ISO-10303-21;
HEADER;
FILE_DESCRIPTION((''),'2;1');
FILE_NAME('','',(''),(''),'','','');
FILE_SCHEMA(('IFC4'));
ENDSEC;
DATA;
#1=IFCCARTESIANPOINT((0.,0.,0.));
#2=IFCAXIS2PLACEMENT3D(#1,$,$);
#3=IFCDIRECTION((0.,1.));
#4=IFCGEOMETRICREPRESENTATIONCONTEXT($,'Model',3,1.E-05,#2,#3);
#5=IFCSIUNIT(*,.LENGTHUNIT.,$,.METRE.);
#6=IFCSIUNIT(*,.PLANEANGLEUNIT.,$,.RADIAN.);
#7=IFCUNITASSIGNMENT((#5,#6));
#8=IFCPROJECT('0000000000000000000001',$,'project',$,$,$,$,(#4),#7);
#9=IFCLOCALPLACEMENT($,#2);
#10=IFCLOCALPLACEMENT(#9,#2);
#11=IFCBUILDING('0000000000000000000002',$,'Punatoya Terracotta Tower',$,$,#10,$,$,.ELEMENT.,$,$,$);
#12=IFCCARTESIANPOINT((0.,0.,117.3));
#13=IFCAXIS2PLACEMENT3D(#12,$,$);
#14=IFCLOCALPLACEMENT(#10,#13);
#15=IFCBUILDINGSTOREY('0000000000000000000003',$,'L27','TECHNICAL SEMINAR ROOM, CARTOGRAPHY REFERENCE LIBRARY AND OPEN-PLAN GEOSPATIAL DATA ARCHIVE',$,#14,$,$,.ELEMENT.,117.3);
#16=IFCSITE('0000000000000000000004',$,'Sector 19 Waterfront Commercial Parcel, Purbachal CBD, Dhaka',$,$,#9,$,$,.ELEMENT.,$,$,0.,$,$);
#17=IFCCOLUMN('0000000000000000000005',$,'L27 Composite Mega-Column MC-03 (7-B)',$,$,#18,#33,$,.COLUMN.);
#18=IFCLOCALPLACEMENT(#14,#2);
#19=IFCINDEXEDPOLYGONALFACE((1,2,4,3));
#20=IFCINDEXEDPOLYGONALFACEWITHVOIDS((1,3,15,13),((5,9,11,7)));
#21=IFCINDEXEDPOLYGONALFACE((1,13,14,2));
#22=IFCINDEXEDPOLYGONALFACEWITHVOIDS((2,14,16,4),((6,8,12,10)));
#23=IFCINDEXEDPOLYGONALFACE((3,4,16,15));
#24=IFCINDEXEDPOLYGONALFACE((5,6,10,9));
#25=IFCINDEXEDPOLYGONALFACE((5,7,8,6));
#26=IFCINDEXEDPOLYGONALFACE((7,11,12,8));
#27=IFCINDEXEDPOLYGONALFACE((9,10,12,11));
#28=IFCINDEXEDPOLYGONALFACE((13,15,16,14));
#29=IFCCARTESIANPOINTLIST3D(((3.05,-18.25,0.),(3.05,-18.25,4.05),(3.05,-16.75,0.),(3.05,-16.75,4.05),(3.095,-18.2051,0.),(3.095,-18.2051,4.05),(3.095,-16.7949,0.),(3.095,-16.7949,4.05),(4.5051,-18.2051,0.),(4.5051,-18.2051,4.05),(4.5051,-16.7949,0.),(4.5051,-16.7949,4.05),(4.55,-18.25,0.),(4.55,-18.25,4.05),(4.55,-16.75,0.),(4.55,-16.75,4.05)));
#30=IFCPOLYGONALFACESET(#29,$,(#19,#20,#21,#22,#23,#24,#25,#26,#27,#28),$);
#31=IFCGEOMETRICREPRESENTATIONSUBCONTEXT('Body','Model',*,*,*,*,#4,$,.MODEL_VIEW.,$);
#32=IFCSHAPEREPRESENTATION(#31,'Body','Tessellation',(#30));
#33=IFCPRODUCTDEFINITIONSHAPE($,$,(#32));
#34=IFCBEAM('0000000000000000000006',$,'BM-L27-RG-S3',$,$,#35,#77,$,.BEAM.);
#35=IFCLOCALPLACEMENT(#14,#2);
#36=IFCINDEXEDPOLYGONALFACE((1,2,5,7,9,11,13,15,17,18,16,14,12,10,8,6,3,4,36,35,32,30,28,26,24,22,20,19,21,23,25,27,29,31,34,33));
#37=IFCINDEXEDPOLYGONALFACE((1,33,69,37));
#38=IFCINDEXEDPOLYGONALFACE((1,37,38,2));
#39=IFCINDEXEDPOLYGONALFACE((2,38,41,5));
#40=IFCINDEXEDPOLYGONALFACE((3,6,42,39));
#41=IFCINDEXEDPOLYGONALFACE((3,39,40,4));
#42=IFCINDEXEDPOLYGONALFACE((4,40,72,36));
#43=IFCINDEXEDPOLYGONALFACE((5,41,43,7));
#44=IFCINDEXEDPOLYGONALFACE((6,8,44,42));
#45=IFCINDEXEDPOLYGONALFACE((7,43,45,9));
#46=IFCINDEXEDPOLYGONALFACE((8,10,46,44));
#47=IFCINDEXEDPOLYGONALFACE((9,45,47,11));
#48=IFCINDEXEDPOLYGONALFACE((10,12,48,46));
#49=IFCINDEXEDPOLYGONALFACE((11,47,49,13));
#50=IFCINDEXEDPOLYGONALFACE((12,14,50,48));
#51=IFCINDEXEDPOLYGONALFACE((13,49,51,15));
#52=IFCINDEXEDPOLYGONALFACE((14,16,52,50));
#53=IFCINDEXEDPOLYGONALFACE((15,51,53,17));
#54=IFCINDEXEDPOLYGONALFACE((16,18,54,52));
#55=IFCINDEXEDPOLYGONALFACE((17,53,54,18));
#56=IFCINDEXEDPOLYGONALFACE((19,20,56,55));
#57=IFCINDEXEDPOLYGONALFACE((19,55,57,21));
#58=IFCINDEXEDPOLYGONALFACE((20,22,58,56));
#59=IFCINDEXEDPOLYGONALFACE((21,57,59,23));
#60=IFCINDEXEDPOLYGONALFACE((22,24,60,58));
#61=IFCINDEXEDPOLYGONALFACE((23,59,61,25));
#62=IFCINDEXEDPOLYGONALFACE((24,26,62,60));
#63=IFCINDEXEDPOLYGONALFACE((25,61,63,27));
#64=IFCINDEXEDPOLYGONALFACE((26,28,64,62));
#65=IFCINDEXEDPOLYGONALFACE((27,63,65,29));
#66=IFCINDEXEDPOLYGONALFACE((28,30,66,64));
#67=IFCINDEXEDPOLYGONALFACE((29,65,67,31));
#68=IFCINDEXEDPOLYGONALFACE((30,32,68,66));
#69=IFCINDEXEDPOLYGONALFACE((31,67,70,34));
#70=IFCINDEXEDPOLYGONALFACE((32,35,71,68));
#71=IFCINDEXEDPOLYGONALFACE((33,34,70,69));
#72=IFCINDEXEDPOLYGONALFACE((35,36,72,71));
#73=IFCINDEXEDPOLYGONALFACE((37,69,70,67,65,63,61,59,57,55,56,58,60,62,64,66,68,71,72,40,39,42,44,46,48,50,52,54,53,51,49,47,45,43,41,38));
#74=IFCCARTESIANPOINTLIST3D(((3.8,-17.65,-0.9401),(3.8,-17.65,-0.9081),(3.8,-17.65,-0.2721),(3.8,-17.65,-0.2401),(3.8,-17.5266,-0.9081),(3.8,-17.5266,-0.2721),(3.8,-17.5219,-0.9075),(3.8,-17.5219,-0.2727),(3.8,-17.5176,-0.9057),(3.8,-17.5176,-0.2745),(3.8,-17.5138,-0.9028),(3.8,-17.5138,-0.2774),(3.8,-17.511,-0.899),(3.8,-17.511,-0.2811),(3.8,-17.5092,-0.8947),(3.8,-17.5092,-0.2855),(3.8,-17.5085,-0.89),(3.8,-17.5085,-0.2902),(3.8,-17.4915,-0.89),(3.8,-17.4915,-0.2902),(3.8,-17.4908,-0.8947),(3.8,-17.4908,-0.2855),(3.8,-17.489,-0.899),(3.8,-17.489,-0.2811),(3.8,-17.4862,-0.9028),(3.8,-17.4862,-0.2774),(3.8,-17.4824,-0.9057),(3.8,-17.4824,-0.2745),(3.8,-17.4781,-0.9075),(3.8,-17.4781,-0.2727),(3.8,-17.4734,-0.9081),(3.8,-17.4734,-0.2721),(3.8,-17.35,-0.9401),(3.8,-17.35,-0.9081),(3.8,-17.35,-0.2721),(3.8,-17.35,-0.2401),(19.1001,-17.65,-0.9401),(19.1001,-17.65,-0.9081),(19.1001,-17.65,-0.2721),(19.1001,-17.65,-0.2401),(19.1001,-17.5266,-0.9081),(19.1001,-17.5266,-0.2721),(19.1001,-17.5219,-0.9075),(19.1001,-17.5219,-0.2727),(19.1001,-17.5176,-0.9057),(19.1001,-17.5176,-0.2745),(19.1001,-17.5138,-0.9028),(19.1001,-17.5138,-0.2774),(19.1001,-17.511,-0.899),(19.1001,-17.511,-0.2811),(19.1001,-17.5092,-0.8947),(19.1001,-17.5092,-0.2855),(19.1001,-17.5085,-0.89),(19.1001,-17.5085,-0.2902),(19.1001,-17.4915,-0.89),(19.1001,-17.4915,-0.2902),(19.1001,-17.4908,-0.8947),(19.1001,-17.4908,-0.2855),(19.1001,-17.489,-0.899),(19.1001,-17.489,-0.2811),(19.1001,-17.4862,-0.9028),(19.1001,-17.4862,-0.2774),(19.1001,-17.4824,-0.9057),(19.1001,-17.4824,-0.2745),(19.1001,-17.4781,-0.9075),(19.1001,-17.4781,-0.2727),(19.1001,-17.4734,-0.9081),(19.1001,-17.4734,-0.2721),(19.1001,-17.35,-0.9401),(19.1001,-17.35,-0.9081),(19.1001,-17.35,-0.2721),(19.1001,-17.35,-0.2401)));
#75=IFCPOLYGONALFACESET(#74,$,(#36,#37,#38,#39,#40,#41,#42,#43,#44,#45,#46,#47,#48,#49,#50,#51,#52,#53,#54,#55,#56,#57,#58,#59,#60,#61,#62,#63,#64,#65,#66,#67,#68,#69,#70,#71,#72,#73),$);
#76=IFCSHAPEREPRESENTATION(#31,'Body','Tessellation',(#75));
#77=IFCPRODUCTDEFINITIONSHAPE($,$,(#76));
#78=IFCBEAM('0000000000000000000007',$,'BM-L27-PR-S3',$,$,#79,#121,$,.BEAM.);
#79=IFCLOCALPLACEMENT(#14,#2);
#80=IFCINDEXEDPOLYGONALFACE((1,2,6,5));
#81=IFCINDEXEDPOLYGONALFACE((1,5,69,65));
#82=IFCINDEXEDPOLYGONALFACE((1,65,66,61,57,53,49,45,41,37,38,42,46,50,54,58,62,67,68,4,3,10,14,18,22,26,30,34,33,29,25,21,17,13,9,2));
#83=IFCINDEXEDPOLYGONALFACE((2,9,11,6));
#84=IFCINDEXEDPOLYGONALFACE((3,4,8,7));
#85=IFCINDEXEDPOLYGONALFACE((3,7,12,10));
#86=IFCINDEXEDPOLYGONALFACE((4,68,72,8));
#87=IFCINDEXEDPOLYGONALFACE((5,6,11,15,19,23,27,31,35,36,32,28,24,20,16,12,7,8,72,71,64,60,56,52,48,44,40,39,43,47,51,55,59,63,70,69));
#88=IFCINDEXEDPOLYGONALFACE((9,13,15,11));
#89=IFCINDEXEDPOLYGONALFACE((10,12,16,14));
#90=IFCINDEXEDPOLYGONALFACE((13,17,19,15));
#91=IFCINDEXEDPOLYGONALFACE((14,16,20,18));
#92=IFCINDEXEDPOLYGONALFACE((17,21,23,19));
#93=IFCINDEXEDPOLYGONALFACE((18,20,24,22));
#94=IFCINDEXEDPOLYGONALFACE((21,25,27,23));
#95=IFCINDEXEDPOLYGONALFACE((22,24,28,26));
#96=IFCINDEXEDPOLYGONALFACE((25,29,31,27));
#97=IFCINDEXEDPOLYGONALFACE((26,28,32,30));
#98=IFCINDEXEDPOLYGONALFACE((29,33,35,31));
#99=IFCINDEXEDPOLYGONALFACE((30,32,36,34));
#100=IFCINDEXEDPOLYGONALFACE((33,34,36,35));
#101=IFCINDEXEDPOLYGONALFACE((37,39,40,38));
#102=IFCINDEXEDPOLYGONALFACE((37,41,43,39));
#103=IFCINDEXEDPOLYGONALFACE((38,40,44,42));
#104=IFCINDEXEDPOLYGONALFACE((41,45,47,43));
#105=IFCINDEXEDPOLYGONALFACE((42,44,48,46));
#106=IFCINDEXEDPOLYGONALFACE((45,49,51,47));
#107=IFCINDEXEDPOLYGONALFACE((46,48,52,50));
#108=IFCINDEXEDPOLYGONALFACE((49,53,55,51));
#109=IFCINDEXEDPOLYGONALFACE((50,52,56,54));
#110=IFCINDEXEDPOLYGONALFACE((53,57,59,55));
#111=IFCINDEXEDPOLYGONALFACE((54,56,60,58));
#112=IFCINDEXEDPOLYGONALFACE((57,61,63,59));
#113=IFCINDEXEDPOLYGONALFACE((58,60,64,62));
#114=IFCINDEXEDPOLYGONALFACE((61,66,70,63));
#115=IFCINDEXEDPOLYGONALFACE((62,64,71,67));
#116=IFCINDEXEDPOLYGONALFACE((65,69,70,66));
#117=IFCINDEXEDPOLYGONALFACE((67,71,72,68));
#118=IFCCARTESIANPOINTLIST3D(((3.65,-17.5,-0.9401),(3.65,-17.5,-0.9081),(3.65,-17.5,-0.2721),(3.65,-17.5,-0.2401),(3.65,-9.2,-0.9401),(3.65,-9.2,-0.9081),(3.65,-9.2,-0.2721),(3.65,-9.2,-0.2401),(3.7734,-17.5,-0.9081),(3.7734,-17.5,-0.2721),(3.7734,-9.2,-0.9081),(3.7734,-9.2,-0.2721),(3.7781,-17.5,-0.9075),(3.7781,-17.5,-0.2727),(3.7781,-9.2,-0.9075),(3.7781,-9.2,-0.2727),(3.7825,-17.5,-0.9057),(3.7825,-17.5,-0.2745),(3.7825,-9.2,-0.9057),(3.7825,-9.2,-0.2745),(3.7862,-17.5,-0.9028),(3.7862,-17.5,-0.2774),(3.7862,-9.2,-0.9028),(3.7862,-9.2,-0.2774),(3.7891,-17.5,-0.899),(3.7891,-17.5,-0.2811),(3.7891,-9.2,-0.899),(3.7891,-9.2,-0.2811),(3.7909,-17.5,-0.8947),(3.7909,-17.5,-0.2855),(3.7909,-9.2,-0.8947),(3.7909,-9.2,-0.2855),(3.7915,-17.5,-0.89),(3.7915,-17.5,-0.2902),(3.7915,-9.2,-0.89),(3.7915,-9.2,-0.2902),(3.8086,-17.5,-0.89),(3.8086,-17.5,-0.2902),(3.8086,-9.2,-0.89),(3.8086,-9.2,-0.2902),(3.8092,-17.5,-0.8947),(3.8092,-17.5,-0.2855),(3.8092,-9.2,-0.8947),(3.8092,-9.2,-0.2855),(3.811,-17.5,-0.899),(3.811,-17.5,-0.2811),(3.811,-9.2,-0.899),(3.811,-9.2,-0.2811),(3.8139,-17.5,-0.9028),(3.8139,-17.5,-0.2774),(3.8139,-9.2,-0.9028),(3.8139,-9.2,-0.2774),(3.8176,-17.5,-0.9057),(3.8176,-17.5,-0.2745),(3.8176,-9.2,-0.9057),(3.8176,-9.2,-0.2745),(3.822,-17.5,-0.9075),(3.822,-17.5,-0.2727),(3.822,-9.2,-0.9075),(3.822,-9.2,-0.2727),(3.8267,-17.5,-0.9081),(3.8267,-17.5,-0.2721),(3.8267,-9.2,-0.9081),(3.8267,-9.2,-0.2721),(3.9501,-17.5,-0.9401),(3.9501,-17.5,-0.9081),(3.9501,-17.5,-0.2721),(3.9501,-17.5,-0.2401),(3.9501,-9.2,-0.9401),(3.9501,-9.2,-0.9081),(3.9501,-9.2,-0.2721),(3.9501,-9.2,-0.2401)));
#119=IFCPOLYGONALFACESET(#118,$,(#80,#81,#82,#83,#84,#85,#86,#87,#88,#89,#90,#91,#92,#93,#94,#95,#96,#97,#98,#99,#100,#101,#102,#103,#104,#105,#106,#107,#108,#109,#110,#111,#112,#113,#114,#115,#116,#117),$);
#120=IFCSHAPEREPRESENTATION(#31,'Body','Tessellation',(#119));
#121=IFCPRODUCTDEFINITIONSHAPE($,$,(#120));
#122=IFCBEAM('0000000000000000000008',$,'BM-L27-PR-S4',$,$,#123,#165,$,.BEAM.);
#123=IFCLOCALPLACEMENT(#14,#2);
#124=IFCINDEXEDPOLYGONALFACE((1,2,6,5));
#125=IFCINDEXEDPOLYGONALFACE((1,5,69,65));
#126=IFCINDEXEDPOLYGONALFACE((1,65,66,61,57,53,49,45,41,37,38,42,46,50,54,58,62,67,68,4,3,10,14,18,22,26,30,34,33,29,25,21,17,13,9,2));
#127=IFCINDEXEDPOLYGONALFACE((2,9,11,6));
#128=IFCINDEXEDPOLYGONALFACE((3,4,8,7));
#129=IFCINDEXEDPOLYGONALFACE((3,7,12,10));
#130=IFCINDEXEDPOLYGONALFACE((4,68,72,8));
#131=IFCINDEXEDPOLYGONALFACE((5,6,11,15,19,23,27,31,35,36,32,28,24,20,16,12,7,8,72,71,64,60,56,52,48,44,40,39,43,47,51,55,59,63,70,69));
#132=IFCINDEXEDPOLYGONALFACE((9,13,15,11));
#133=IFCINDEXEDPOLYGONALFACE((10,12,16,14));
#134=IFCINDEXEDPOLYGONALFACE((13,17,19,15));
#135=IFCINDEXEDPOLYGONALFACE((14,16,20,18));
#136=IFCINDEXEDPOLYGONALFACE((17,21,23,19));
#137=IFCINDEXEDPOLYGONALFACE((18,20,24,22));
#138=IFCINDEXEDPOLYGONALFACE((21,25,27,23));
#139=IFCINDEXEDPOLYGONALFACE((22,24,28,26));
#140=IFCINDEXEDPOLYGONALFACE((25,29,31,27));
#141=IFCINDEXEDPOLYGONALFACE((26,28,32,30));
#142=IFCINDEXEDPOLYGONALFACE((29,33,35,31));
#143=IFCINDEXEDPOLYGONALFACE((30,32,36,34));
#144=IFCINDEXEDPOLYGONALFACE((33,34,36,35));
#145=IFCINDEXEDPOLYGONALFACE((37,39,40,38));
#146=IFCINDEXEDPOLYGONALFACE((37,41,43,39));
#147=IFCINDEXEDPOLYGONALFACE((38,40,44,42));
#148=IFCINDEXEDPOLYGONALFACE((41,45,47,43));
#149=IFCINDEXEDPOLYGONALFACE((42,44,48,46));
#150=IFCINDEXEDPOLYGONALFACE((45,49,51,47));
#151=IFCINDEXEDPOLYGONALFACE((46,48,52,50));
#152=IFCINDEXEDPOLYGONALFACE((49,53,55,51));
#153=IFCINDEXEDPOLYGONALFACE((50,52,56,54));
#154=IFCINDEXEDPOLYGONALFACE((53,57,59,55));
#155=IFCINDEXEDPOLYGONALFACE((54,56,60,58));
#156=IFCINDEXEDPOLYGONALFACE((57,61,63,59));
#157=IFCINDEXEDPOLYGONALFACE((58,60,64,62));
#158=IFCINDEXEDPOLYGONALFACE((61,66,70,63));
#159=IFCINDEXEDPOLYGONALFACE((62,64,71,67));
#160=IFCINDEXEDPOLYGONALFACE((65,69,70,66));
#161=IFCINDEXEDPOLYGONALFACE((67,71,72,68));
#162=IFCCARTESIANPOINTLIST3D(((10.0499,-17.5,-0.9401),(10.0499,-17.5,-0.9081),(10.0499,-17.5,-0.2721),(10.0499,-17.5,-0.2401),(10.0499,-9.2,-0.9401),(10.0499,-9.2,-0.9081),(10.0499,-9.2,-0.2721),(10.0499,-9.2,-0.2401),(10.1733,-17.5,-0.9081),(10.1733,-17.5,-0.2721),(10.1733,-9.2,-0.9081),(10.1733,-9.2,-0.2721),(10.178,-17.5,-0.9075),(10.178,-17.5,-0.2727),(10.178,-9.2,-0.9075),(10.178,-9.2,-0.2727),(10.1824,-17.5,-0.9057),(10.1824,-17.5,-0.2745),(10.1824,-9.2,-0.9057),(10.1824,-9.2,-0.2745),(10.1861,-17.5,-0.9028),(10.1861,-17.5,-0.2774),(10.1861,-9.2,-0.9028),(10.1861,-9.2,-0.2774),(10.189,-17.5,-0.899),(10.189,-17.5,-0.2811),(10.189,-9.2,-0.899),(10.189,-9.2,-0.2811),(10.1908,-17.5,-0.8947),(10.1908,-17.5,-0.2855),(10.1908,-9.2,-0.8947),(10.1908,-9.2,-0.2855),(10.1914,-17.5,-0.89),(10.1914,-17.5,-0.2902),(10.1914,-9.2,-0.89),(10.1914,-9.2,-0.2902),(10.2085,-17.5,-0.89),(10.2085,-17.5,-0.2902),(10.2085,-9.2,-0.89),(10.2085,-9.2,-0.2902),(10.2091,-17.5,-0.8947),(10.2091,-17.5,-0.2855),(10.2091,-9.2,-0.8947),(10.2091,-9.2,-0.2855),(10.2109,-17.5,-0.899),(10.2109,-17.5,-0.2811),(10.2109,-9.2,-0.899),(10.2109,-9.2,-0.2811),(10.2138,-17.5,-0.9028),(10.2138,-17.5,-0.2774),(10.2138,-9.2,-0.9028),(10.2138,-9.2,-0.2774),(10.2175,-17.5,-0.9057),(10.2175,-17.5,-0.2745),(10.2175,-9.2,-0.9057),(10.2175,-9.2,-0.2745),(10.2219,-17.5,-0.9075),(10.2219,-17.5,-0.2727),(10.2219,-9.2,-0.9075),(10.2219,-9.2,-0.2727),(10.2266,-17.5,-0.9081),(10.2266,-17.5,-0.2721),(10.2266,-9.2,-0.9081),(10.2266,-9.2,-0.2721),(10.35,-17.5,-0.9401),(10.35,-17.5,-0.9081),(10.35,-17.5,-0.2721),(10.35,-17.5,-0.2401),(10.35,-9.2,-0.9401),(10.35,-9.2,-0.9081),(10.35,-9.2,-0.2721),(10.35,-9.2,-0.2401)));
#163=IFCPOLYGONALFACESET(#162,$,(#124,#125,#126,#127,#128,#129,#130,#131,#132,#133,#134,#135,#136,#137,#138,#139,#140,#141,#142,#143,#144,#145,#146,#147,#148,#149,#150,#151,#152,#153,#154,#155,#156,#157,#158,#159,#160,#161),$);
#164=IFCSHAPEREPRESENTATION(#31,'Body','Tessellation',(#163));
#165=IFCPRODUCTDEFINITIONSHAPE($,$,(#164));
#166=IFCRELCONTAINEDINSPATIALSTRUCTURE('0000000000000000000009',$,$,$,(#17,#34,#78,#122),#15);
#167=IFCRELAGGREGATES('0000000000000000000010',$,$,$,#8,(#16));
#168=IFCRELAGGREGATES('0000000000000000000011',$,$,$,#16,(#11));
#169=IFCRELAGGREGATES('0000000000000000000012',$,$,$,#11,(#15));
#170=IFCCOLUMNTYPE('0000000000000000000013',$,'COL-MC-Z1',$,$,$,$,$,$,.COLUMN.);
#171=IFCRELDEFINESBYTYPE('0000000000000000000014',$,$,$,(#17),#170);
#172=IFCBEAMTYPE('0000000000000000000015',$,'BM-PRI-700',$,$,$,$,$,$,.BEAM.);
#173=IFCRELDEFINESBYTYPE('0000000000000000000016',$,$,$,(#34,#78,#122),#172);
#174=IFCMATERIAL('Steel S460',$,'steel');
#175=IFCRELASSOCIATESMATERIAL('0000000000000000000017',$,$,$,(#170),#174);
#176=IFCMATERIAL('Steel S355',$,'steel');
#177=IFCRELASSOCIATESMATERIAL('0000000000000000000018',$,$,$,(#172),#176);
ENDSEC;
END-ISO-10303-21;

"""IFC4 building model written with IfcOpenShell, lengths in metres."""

from ifc_helpers import new_model, si_unit, direction, frame, origin, origin_2d, place, context, subcontext, project, spatial, hollow_rectangle, i_section, extrude, material, material_profile, profile_set, type_object, element, save


model = new_model("IFC4")

# Units and contexts
model_context = context("Model", 3, precision=1e-05, world=origin(), true_north=direction((0.0, 1.0)))
body_context = subcontext(model_context, "Body", "Model", "MODEL_VIEW")
ifc_project = project(units=[si_unit("LENGTHUNIT", "METRE"), si_unit("PLANEANGLEUNIT", "RADIAN")], contexts=[model_context])

# Site, building, storey
site_placement = place(None, origin())
site = spatial("IfcSite", under=ifc_project, at=site_placement, Name="Sector 19 Waterfront Commercial Parcel, Purbachal CBD, Dhaka", CompositionType="ELEMENT", RefElevation=0.0)
building_placement = place(site_placement, origin())
building = spatial("IfcBuilding", under=site, at=building_placement, Name="Punatoya Terracotta Tower", CompositionType="ELEMENT")
storey_placement = place(building_placement, frame((0.0, 0.0, 117.3)))
storey = spatial("IfcBuildingStorey", under=building, at=storey_placement, Name="L27", Description="TECHNICAL SEMINAR ROOM, CARTOGRAPHY REFERENCE LIBRARY AND OPEN-PLAN GEOSPATIAL DATA ARCHIVE", CompositionType="ELEMENT", Elevation=117.3)

# Column
ifc_material_1 = material(Name="Steel S460", Category="steel")
ifc_material_profile_1 = material_profile(ifc_material_1, hollow_rectangle(XDim=1.5, YDim=1.5, WallThickness=0.0449, at=origin_2d()))
ifc_profile_set_1 = profile_set([ifc_material_profile_1], Name="Steel S460")
column_type = type_object("IfcColumnType", Name="COL-MC-Z1", PredefinedType="COLUMN", material=ifc_profile_set_1)
column_placement = place(storey_placement, frame((3.8, -17.5, 0.0), z_axis=(0.0, 0.0, 1.0), x_axis=(1.0, 0.0, 0.0)))
element("IfcColumn", 1, at=column_placement, inside=storey, type_object=column_type, Name="L27 Composite Mega-Column MC-03 (7-B)", PredefinedType="COLUMN", context=body_context, shape_type="SweptSolid", body=[
    extrude(hollow_rectangle(XDim=1.5, YDim=1.5, WallThickness=0.0449, at=origin_2d()), origin(), (0.0, 0.0, 1.0), 4.05),
])

# Beams
ifc_material_2 = material(Name="Steel S355", Category="steel")
ifc_material_profile_2 = material_profile(ifc_material_2, i_section(OverallWidth=0.3, OverallDepth=0.7, WebThickness=0.0171, FlangeThickness=0.032, FilletRadius=0.0181, at=origin_2d()))
ifc_profile_set_2 = profile_set([ifc_material_profile_2], Name="Steel S355")
beam_type_1 = type_object("IfcBeamType", Name="BM-PRI-700", PredefinedType="BEAM", material=ifc_profile_set_2)
beam_1_placement = place(storey_placement, frame((3.8, -17.5, -0.5901), z_axis=(1.0, 0.0, 0.0), x_axis=(0.0, 1.0, 0.0)))
element("IfcBeam", 2, at=beam_1_placement, inside=storey, type_object=beam_type_1, Name="BM-L27-RG-S3", PredefinedType="BEAM", context=body_context, shape_type="SweptSolid", body=[
    extrude(i_section(OverallWidth=0.3, OverallDepth=0.7, WebThickness=0.0171, FlangeThickness=0.032, FilletRadius=0.0181, at=origin_2d()), origin(), (0.0, 0.0, 1.0), 15.3),
])
for number, where, z_axis, x_axis, name in (
    (3, (3.8, -17.5, -0.5901), (0.0, 1.0, 0.0), (-1.0, 0.0, 0.0), "BM-L27-PR-S3"),
    (4, (10.2, -17.5, -0.5901), (0.0, 1.0, 0.0), (-1.0, 0.0, 0.0), "BM-L27-PR-S4"),
):
    element("IfcBeam", number, at=place(storey_placement, frame(where, z_axis=z_axis, x_axis=x_axis)), inside=storey, type_object=beam_type_1, Name=name, PredefinedType="BEAM", context=body_context, shape_type="SweptSolid", body=[
        extrude(i_section(OverallWidth=0.3, OverallDepth=0.7, WebThickness=0.0171, FlangeThickness=0.032, FilletRadius=0.0181, at=origin_2d()), origin(), (0.0, 0.0, 1.0), 8.3),
    ])

save(model, "model.ifc")
